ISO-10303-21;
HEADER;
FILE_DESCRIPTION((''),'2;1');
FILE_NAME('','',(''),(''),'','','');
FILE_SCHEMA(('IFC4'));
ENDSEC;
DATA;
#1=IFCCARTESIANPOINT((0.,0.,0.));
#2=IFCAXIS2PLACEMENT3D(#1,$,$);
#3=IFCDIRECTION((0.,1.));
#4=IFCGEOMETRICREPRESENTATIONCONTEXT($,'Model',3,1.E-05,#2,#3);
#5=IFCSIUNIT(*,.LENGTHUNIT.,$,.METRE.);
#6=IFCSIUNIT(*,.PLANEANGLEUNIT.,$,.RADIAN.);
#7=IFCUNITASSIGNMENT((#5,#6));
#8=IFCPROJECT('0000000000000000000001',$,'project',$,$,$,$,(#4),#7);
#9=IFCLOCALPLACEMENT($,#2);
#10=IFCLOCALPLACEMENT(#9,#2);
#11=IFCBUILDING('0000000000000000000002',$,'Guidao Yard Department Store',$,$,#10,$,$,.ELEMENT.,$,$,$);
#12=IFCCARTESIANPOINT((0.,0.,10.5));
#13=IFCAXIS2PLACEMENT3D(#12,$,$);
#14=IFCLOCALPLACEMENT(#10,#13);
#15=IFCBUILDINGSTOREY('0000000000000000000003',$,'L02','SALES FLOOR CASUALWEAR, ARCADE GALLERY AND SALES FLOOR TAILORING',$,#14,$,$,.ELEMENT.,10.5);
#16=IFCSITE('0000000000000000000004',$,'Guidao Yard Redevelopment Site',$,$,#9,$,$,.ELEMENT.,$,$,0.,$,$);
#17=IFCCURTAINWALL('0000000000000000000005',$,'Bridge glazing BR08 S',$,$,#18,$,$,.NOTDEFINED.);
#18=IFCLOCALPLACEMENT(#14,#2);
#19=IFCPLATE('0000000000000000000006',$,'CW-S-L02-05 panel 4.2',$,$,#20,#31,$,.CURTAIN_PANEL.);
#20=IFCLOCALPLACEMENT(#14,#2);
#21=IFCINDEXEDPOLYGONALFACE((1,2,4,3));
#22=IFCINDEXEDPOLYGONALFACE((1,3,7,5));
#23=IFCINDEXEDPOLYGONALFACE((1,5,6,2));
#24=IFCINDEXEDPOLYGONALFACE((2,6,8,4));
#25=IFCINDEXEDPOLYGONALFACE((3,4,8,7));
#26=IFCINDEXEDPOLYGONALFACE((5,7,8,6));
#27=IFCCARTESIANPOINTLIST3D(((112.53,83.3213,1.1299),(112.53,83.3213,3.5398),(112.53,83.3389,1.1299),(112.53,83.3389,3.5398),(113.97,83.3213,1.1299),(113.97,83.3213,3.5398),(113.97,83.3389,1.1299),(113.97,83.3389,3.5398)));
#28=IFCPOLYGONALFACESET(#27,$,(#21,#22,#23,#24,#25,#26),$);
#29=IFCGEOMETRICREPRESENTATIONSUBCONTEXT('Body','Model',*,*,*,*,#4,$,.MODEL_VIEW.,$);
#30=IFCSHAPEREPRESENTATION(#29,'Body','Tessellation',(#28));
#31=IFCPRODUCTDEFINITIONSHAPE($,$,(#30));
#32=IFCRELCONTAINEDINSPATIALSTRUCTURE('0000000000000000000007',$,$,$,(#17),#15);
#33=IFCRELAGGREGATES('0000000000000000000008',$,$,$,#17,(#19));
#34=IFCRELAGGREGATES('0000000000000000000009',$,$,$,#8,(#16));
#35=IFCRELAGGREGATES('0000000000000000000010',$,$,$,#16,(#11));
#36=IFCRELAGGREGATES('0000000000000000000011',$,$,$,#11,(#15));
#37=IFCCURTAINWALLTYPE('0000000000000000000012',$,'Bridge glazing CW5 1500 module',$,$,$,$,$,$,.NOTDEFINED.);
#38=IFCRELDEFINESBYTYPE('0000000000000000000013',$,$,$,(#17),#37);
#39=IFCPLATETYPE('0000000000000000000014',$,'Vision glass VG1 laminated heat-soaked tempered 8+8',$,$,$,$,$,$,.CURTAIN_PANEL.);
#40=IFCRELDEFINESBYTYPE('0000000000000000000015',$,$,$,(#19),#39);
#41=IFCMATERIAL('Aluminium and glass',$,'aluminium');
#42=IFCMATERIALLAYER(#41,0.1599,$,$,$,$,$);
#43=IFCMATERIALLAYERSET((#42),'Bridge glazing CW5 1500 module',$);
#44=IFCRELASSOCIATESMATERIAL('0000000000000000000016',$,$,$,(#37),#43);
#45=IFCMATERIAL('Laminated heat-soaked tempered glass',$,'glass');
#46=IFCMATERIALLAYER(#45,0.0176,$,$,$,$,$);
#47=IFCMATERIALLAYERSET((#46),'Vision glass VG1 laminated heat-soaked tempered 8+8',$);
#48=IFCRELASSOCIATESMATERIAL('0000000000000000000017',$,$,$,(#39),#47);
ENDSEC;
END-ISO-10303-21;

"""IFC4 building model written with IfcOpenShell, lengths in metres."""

from ifc_helpers import new_model, si_unit, direction, frame, origin, origin_2d, place, context, subcontext, project, spatial, rectangle, extrude, material, layer, layer_set, type_object, element, aggregate, save


model = new_model("IFC4")

# Units and contexts
model_context = context("Model", 3, precision=1e-05, world=origin(), true_north=direction((0.0, 1.0)))
body_context = subcontext(model_context, "Body", "Model", "MODEL_VIEW")
ifc_project = project(units=[si_unit("LENGTHUNIT", "METRE"), si_unit("PLANEANGLEUNIT", "RADIAN")], contexts=[model_context])

# Site, building, storey
site_placement = place(None, origin())
site = spatial("IfcSite", under=ifc_project, at=site_placement, Name="Guidao Yard Redevelopment Site", CompositionType="ELEMENT", RefElevation=0.0)
building_placement = place(site_placement, origin())
building = spatial("IfcBuilding", under=site, at=building_placement, Name="Guidao Yard Department Store", CompositionType="ELEMENT")
storey_placement = place(building_placement, frame((0.0, 0.0, 10.5)))
storey = spatial("IfcBuildingStorey", under=building, at=storey_placement, Name="L02", Description="SALES FLOOR CASUALWEAR, ARCADE GALLERY AND SALES FLOOR TAILORING", CompositionType="ELEMENT", Elevation=10.5)

# Curtain wall, plate
ifc_material_1 = material(Name="Aluminium and glass", Category="aluminium")
ifc_layer_1 = layer(ifc_material_1, 0.1599)
ifc_layer_set_1 = layer_set([ifc_layer_1], Name="Bridge glazing CW5 1500 module")
curtain_wall_type = type_object("IfcCurtainWallType", Name="Bridge glazing CW5 1500 module", PredefinedType="NOTDEFINED", material=ifc_layer_set_1)
curtain_wall_placement = place(storey_placement, origin())
curtain_wall = element("IfcCurtainWall", 1, at=curtain_wall_placement, inside=storey, type_object=curtain_wall_type, Name="Bridge glazing BR08 S", PredefinedType="NOTDEFINED")
ifc_material_2 = material(Name="Laminated heat-soaked tempered glass", Category="glass")
ifc_layer_2 = layer(ifc_material_2, 0.0176)
ifc_layer_set_2 = layer_set([ifc_layer_2], Name="Vision glass VG1 laminated heat-soaked tempered 8+8")
plate_type = type_object("IfcPlateType", Name="Vision glass VG1 laminated heat-soaked tempered 8+8", PredefinedType="CURTAIN_PANEL", material=ifc_layer_set_2)
plate_1_placement = place(storey_placement, frame((113.25, 83.3301, 1.1299), z_axis=(0.0, 0.0, 1.0), x_axis=(-1.0, 0.0, 0.0)))
plate_1 = element("IfcPlate", 2, at=plate_1_placement, type_object=plate_type, Name="CW-S-L02-05 panel 4.2", PredefinedType="CURTAIN_PANEL", context=body_context, shape_type="SweptSolid", body=[
    extrude(rectangle(XDim=1.4399, YDim=0.0176, at=origin_2d()), origin(), (0.0, 0.0, 1.0), 2.4099),
])
aggregate(curtain_wall, [plate_1])

save(model, "model.ifc")
